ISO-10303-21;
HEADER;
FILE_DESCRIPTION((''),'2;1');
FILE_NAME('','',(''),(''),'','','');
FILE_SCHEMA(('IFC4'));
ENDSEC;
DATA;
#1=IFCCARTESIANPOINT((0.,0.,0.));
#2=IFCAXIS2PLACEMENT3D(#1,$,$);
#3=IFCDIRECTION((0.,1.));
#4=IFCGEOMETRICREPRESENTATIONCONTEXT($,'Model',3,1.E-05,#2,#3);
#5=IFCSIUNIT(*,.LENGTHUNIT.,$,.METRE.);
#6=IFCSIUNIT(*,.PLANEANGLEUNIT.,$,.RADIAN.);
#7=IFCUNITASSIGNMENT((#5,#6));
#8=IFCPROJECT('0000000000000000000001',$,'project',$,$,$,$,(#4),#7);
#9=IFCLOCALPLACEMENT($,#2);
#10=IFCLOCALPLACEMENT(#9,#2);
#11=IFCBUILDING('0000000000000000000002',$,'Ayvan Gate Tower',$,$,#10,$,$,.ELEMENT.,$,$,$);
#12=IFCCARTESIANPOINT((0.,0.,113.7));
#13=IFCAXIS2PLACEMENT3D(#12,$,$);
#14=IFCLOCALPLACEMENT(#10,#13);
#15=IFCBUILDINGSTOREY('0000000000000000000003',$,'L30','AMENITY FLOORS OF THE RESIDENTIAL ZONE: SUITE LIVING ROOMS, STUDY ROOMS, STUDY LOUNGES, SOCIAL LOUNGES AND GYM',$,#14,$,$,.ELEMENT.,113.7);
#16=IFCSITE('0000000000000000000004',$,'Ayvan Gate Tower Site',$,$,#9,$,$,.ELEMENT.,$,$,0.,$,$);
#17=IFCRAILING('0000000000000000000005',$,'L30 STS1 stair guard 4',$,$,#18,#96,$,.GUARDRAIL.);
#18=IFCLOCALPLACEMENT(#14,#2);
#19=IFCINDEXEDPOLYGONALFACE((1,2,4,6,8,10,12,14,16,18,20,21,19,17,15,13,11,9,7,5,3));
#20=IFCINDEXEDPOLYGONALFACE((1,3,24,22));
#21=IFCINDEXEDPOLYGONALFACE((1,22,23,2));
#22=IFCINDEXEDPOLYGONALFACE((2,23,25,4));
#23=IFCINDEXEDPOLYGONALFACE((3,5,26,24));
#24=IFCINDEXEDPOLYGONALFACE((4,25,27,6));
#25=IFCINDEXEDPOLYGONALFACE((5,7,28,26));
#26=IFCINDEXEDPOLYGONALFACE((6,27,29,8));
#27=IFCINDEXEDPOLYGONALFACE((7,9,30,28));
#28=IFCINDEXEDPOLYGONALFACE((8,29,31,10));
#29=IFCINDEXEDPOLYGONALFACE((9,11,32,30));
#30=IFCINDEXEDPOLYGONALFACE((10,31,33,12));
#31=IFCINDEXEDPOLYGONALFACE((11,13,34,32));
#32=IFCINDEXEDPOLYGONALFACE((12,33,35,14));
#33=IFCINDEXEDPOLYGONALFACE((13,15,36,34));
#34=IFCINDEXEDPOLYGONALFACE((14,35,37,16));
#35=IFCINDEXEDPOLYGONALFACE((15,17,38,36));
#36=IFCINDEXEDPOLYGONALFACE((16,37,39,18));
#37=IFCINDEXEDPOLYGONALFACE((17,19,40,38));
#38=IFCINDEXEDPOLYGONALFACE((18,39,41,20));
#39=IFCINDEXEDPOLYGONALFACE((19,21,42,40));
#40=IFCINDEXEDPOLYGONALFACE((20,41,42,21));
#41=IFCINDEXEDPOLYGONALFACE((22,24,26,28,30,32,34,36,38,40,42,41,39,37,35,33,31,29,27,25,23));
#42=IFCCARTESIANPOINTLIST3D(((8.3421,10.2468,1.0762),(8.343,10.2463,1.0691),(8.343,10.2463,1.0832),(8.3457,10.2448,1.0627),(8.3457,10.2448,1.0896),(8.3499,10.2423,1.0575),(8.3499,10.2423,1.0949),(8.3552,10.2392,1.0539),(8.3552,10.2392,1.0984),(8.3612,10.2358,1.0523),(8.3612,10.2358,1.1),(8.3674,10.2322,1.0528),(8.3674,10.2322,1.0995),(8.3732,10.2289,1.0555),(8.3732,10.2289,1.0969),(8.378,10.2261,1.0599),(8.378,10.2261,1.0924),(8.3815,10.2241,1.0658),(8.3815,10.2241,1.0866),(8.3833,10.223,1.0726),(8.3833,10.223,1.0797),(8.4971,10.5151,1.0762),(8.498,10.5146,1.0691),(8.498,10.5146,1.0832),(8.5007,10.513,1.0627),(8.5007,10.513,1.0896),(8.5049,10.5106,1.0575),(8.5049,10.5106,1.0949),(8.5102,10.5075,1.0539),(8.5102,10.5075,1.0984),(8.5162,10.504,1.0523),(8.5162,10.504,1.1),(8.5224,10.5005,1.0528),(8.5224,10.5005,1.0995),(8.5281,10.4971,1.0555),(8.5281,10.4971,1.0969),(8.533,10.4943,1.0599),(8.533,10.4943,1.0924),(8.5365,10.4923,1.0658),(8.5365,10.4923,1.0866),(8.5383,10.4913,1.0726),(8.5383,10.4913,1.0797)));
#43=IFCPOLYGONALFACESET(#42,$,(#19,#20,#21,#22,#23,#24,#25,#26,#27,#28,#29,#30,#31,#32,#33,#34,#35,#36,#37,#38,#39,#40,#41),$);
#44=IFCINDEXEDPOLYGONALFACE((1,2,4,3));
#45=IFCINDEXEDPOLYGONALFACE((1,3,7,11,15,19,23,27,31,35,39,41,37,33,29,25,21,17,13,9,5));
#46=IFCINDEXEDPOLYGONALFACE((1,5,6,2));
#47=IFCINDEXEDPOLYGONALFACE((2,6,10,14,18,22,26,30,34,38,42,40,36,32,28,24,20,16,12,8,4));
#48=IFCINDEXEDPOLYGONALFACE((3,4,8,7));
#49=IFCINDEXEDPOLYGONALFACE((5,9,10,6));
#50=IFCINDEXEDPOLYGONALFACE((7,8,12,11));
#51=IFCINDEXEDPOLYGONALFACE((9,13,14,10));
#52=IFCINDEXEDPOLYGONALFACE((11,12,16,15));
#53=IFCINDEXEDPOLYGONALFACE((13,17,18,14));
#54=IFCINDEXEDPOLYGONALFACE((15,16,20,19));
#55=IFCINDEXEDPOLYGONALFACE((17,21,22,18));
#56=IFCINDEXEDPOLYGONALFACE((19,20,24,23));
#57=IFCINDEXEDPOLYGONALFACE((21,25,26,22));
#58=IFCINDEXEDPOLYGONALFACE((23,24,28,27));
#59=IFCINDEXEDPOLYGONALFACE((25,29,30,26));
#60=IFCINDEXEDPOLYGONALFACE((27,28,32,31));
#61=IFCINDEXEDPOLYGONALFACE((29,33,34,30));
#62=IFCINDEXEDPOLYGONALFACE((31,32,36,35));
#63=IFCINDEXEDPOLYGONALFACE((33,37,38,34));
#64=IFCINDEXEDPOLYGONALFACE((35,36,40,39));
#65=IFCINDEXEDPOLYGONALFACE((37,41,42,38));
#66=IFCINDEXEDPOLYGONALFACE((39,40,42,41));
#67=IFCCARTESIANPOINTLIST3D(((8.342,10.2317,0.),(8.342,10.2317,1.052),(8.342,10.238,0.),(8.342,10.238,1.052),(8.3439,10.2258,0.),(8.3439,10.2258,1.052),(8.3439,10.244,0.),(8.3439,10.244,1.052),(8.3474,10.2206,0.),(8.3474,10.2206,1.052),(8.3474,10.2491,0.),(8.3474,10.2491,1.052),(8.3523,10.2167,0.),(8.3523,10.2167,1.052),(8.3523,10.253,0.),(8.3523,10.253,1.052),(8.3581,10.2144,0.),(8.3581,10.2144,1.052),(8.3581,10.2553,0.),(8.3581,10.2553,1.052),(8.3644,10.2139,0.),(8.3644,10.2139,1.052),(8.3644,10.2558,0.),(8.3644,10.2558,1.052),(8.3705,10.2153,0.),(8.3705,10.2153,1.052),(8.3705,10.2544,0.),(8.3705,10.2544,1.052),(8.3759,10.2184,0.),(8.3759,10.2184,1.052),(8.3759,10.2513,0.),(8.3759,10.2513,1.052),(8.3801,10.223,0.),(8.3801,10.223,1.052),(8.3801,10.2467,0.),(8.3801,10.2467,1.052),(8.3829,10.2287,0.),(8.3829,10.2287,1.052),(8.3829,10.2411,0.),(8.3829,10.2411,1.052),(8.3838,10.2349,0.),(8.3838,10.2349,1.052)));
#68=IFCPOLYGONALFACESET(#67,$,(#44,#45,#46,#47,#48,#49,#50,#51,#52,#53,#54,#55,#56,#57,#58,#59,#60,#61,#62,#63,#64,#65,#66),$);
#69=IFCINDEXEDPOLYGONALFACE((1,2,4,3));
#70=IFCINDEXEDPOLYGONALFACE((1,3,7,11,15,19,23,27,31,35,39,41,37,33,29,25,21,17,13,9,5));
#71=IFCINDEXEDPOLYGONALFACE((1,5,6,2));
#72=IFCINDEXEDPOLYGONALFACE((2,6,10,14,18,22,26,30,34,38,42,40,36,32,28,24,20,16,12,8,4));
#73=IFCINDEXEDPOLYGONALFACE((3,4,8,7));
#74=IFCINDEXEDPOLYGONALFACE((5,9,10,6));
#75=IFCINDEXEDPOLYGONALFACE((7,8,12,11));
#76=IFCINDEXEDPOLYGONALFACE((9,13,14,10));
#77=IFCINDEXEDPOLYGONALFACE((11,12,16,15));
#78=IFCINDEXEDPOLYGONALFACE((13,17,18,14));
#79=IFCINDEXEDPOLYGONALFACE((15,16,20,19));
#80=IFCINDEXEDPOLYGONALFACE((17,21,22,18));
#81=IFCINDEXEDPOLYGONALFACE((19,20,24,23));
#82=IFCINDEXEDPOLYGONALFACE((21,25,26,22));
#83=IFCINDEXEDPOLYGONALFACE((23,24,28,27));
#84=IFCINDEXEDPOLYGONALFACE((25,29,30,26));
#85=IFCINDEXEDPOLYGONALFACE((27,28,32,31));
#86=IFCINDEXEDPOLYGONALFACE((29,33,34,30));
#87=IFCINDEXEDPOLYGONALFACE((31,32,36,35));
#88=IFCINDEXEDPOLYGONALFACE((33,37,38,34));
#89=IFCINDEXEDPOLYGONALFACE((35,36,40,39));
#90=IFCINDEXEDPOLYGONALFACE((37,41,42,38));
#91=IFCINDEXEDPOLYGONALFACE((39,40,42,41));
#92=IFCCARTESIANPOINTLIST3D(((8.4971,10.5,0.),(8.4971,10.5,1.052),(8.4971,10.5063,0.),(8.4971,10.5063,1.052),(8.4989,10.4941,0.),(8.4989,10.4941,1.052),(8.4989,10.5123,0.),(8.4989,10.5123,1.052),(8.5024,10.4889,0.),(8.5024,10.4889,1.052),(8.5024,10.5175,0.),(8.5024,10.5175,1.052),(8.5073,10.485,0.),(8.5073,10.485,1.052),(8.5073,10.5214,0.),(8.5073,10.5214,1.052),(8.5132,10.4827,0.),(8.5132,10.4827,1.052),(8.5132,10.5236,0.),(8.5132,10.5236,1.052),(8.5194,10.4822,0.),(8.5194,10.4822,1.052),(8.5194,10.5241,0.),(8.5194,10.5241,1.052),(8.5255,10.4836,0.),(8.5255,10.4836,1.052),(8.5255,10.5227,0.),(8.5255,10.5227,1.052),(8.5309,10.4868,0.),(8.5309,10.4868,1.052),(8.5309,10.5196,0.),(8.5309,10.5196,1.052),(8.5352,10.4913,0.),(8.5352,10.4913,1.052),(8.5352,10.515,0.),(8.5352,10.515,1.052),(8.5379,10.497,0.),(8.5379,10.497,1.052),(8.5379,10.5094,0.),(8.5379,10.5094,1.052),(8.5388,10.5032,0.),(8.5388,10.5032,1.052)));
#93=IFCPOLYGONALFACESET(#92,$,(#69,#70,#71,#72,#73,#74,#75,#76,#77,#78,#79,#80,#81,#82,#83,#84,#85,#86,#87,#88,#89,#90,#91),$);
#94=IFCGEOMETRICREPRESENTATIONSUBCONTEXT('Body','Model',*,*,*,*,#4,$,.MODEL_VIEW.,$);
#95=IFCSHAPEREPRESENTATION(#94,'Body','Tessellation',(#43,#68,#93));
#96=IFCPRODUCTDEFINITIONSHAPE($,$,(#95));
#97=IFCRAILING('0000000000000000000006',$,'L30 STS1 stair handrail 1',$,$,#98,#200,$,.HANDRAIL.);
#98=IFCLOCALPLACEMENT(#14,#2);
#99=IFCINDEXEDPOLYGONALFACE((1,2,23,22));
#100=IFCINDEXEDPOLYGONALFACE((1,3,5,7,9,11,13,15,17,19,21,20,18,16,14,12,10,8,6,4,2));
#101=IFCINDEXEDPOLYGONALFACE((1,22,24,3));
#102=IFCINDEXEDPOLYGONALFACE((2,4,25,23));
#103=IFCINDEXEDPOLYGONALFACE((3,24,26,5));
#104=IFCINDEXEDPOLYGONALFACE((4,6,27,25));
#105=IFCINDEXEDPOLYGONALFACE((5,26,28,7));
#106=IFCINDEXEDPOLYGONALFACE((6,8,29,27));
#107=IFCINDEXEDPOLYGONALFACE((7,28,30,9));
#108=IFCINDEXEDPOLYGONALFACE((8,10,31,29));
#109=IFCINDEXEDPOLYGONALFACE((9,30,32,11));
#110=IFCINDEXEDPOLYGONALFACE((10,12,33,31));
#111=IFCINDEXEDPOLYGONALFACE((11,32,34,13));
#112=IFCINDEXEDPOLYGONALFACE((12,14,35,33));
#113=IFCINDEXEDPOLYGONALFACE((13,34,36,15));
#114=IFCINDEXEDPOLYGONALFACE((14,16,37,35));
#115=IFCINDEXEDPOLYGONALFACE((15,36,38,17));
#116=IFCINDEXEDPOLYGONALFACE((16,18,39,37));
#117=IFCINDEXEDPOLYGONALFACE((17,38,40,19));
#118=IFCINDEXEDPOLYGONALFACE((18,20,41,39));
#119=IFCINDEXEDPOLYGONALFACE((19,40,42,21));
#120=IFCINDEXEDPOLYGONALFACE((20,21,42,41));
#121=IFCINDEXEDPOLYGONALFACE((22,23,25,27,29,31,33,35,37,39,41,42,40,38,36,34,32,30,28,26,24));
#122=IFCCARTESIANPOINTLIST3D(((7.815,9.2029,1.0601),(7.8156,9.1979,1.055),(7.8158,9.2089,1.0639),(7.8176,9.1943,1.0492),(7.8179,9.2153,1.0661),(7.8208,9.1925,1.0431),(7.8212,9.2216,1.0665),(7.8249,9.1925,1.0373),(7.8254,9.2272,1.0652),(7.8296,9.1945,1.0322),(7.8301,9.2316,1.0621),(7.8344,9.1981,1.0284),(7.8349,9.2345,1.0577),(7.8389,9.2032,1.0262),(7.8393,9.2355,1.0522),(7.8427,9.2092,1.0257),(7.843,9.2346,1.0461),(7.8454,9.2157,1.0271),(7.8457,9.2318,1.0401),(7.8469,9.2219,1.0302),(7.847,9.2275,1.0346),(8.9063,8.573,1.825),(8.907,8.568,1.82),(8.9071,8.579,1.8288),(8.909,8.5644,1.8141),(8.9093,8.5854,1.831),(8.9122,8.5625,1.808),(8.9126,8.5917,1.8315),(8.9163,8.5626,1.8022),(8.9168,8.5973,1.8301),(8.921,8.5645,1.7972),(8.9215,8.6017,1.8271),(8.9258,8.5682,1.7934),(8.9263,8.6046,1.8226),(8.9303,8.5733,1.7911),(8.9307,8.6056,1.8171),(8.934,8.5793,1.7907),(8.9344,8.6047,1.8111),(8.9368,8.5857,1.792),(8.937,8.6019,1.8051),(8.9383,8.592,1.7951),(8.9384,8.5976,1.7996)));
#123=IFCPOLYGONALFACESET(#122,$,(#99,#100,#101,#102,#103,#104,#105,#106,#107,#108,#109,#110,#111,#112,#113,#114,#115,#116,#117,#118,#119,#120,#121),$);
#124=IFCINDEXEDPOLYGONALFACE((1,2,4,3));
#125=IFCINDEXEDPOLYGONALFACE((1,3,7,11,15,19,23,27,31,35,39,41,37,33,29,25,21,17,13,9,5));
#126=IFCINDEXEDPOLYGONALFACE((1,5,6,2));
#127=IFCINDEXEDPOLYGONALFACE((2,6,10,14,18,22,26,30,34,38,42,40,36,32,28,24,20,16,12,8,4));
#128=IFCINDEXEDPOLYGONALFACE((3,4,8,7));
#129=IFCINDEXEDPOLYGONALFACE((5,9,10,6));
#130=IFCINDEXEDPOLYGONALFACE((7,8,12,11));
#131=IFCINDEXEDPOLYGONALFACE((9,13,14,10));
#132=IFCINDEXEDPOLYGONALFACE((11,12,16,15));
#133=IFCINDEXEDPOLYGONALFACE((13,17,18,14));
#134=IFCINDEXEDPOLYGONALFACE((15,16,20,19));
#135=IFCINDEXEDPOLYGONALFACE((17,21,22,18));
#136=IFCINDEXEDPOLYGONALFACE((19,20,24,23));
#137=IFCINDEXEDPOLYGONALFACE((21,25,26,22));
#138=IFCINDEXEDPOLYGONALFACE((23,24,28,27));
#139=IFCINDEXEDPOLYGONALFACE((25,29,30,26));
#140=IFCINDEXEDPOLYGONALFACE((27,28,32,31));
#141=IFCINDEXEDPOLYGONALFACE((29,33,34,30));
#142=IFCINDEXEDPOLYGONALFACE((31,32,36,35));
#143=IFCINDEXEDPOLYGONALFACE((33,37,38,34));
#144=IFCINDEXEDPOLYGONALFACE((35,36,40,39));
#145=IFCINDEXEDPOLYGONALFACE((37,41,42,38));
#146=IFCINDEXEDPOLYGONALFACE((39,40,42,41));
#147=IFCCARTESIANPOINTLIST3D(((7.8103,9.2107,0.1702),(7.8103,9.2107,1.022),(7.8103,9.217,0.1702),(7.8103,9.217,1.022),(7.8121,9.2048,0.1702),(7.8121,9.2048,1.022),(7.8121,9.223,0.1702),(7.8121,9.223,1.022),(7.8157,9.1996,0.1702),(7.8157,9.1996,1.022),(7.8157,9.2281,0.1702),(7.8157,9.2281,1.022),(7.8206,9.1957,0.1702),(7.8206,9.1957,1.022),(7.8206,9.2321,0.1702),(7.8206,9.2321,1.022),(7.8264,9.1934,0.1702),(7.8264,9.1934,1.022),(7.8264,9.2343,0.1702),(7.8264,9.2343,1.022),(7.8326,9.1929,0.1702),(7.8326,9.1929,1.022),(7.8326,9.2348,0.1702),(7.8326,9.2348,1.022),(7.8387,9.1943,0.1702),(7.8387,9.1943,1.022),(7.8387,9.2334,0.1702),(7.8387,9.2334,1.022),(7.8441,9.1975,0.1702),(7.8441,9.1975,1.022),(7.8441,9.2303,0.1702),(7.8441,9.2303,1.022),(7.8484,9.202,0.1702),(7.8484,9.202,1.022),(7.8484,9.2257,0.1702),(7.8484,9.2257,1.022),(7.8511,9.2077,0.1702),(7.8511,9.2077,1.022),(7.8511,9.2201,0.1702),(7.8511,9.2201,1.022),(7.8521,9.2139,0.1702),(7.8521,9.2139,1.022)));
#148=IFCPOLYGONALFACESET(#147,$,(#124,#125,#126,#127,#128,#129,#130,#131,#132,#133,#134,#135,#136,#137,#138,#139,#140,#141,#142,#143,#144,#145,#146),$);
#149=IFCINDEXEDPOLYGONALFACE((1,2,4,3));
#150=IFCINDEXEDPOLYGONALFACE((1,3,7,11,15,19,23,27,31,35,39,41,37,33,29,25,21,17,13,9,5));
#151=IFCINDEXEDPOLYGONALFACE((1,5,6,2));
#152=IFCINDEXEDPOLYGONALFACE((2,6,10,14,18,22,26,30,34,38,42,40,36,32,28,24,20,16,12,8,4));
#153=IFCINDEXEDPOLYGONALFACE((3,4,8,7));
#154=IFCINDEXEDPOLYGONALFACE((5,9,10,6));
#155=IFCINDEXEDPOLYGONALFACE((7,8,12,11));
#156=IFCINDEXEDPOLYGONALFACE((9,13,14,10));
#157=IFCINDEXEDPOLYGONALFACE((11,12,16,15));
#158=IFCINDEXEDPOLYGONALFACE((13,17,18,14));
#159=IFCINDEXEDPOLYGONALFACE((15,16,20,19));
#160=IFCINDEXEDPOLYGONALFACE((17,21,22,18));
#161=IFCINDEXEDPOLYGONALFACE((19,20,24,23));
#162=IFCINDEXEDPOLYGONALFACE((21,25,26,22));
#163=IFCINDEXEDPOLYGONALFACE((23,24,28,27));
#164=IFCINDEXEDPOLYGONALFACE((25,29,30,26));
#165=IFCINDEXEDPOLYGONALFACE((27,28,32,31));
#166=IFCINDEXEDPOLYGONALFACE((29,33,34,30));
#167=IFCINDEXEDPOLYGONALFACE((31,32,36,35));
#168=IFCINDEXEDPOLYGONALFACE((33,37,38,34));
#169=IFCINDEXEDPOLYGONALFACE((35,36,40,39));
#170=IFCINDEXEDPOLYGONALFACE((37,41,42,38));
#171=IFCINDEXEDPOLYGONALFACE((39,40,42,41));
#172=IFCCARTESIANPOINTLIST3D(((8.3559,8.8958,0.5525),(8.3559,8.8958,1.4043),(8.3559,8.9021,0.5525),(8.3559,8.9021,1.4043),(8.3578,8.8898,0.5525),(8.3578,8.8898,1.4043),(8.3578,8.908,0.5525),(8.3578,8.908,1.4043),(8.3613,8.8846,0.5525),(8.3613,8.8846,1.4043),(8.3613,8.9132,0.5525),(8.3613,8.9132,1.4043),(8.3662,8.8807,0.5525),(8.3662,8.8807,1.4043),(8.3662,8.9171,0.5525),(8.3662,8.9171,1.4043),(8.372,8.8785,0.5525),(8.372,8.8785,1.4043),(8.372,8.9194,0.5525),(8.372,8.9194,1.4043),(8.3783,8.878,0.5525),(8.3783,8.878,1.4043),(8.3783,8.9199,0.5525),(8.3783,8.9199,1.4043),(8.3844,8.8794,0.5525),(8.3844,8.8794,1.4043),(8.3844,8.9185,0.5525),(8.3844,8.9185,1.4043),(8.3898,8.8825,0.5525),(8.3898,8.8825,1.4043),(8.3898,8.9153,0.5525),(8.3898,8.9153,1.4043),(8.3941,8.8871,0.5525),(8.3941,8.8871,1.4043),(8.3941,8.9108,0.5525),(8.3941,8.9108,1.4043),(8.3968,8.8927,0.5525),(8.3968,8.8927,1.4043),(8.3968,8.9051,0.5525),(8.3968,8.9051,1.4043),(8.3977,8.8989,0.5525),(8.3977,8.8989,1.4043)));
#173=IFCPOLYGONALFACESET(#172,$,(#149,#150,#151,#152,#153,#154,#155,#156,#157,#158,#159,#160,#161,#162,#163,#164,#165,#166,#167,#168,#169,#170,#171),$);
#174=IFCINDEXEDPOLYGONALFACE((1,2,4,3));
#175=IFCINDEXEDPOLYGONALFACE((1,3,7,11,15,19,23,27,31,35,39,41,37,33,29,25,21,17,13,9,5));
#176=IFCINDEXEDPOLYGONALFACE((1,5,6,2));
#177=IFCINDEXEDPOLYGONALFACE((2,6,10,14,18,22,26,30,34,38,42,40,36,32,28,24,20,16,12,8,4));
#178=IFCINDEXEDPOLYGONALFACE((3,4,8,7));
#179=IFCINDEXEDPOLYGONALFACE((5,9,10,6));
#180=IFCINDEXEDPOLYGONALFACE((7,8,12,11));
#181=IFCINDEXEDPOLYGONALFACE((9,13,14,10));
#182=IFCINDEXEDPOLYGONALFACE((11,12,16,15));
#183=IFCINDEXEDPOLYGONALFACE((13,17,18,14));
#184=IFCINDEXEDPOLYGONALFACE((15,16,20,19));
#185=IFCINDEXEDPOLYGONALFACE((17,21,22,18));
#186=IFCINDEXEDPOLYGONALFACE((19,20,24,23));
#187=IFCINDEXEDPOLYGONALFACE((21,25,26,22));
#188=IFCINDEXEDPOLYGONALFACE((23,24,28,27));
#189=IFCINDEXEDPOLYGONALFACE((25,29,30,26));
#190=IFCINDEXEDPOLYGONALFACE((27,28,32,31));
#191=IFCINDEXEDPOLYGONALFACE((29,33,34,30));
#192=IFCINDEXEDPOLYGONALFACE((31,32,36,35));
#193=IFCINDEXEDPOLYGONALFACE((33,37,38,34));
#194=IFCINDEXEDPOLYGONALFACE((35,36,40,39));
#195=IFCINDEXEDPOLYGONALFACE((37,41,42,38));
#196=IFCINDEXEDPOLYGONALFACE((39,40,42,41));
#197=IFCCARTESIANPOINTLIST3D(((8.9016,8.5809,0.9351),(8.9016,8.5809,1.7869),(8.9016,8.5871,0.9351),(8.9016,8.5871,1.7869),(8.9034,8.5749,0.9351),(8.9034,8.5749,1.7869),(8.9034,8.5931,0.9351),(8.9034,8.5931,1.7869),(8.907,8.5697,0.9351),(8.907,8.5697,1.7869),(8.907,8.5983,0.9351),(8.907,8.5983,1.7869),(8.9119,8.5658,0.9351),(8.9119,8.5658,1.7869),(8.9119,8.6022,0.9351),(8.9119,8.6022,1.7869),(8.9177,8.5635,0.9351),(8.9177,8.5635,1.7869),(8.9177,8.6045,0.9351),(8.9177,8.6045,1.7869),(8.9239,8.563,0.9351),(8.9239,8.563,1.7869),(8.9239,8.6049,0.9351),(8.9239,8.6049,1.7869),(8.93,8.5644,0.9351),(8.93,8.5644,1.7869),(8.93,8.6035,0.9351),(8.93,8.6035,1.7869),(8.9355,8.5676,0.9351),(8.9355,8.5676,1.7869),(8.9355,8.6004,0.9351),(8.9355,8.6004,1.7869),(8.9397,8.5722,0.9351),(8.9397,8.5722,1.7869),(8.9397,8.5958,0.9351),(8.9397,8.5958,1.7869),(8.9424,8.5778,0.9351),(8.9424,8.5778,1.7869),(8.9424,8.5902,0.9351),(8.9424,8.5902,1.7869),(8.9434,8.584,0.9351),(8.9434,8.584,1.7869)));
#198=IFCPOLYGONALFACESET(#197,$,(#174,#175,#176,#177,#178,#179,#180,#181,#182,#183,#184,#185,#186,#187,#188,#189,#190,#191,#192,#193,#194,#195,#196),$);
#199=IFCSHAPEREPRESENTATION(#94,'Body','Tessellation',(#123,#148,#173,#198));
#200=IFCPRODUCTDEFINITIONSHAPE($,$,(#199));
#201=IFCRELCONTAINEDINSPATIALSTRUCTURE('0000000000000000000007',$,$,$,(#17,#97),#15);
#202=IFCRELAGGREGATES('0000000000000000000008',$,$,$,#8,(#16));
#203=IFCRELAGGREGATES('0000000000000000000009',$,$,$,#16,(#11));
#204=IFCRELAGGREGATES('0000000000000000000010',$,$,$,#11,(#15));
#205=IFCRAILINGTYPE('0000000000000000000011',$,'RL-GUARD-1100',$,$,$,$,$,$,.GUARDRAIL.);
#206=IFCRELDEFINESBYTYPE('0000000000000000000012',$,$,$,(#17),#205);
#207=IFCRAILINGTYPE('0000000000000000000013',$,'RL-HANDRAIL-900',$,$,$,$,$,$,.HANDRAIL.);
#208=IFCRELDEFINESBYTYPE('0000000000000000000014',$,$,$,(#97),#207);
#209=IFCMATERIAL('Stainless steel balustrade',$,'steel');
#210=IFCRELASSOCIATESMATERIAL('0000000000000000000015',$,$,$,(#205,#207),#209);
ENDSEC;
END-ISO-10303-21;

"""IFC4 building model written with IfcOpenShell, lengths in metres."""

from ifc_helpers import new_model, si_unit, direction, frame, origin, origin_2d, place, context, subcontext, project, spatial, circle, extrude, material, type_object, element, save


model = new_model("IFC4")

# Units and contexts
model_context = context("Model", 3, precision=1e-05, world=origin(), true_north=direction((0.0, 1.0)))
body_context = subcontext(model_context, "Body", "Model", "MODEL_VIEW")
ifc_project = project(units=[si_unit("LENGTHUNIT", "METRE"), si_unit("PLANEANGLEUNIT", "RADIAN")], contexts=[model_context])

# Site, building, storey
site_placement = place(None, origin())
site = spatial("IfcSite", under=ifc_project, at=site_placement, Name="Ayvan Gate Tower Site", CompositionType="ELEMENT", RefElevation=0.0)
building_placement = place(site_placement, origin())
building = spatial("IfcBuilding", under=site, at=building_placement, Name="Ayvan Gate Tower", CompositionType="ELEMENT")
storey_placement = place(building_placement, frame((0.0, 0.0, 113.7)))
storey = spatial("IfcBuildingStorey", under=building, at=storey_placement, Name="L30", Description="AMENITY FLOORS OF THE RESIDENTIAL ZONE: SUITE LIVING ROOMS, STUDY ROOMS, STUDY LOUNGES, SOCIAL LOUNGES AND GYM", CompositionType="ELEMENT", Elevation=113.7)

# Railings
ifc_material_1 = material(Name="Stainless steel balustrade", Category="steel")
railing_type_1 = type_object("IfcRailingType", Name="RL-GUARD-1100", PredefinedType="GUARDRAIL", material=ifc_material_1)
railing_1_placement = place(storey_placement, frame((8.3628, 10.2349, 0.0)))
element("IfcRailing", 1, at=railing_1_placement, inside=storey, type_object=railing_type_1, Name="L30 STS1 stair guard 4", PredefinedType="GUARDRAIL", context=body_context, shape_type="SweptSolid", body=[
    extrude(circle(Radius=0.0239, at=origin_2d()), frame((0.0, 0.0, 1.0762), z_axis=(0.500291, 0.865857, 0.0), x_axis=(-0.865857, 0.500291, 0.0)), (0.0, 0.0, 1.0), 0.3098),
    extrude(circle(Radius=0.021, at=origin_2d()), origin(), (0.0, 0.0, 1.0), 1.052),
    extrude(circle(Radius=0.021, at=origin_2d()), frame((0.155, 0.2683, 0.0)), (0.0, 0.0, 1.0), 1.052),
])
railing_type_2 = type_object("IfcRailingType", Name="RL-HANDRAIL-900", PredefinedType="HANDRAIL", material=ifc_material_1)
railing_2_placement = place(storey_placement, frame((7.8311, 9.2139, 0.1702)))
element("IfcRailing", 2, at=railing_2_placement, inside=storey, type_object=railing_type_2, Name="L30 STS1 stair handrail 1", PredefinedType="HANDRAIL", context=body_context, shape_type="SweptSolid", body=[
    extrude(circle(Radius=0.0239, at=origin_2d()), frame((0.0, 0.0, 0.876), z_axis=(0.740357, -0.42732, 0.518912), x_axis=(0.49989, 0.866089, 0.0)), (0.0, 0.0, 1.0), 1.4741),
    extrude(circle(Radius=0.021, at=origin_2d()), origin(), (0.0, 0.0, 1.0), 0.8518),
    extrude(circle(Radius=0.021, at=origin_2d()), frame((0.5457, -0.3149, 0.3823)), (0.0, 0.0, 1.0), 0.8518),
    extrude(circle(Radius=0.021, at=origin_2d()), frame((1.0913, -0.6299, 0.7649)), (0.0, 0.0, 1.0), 0.8518),
])

save(model, "model.ifc")
